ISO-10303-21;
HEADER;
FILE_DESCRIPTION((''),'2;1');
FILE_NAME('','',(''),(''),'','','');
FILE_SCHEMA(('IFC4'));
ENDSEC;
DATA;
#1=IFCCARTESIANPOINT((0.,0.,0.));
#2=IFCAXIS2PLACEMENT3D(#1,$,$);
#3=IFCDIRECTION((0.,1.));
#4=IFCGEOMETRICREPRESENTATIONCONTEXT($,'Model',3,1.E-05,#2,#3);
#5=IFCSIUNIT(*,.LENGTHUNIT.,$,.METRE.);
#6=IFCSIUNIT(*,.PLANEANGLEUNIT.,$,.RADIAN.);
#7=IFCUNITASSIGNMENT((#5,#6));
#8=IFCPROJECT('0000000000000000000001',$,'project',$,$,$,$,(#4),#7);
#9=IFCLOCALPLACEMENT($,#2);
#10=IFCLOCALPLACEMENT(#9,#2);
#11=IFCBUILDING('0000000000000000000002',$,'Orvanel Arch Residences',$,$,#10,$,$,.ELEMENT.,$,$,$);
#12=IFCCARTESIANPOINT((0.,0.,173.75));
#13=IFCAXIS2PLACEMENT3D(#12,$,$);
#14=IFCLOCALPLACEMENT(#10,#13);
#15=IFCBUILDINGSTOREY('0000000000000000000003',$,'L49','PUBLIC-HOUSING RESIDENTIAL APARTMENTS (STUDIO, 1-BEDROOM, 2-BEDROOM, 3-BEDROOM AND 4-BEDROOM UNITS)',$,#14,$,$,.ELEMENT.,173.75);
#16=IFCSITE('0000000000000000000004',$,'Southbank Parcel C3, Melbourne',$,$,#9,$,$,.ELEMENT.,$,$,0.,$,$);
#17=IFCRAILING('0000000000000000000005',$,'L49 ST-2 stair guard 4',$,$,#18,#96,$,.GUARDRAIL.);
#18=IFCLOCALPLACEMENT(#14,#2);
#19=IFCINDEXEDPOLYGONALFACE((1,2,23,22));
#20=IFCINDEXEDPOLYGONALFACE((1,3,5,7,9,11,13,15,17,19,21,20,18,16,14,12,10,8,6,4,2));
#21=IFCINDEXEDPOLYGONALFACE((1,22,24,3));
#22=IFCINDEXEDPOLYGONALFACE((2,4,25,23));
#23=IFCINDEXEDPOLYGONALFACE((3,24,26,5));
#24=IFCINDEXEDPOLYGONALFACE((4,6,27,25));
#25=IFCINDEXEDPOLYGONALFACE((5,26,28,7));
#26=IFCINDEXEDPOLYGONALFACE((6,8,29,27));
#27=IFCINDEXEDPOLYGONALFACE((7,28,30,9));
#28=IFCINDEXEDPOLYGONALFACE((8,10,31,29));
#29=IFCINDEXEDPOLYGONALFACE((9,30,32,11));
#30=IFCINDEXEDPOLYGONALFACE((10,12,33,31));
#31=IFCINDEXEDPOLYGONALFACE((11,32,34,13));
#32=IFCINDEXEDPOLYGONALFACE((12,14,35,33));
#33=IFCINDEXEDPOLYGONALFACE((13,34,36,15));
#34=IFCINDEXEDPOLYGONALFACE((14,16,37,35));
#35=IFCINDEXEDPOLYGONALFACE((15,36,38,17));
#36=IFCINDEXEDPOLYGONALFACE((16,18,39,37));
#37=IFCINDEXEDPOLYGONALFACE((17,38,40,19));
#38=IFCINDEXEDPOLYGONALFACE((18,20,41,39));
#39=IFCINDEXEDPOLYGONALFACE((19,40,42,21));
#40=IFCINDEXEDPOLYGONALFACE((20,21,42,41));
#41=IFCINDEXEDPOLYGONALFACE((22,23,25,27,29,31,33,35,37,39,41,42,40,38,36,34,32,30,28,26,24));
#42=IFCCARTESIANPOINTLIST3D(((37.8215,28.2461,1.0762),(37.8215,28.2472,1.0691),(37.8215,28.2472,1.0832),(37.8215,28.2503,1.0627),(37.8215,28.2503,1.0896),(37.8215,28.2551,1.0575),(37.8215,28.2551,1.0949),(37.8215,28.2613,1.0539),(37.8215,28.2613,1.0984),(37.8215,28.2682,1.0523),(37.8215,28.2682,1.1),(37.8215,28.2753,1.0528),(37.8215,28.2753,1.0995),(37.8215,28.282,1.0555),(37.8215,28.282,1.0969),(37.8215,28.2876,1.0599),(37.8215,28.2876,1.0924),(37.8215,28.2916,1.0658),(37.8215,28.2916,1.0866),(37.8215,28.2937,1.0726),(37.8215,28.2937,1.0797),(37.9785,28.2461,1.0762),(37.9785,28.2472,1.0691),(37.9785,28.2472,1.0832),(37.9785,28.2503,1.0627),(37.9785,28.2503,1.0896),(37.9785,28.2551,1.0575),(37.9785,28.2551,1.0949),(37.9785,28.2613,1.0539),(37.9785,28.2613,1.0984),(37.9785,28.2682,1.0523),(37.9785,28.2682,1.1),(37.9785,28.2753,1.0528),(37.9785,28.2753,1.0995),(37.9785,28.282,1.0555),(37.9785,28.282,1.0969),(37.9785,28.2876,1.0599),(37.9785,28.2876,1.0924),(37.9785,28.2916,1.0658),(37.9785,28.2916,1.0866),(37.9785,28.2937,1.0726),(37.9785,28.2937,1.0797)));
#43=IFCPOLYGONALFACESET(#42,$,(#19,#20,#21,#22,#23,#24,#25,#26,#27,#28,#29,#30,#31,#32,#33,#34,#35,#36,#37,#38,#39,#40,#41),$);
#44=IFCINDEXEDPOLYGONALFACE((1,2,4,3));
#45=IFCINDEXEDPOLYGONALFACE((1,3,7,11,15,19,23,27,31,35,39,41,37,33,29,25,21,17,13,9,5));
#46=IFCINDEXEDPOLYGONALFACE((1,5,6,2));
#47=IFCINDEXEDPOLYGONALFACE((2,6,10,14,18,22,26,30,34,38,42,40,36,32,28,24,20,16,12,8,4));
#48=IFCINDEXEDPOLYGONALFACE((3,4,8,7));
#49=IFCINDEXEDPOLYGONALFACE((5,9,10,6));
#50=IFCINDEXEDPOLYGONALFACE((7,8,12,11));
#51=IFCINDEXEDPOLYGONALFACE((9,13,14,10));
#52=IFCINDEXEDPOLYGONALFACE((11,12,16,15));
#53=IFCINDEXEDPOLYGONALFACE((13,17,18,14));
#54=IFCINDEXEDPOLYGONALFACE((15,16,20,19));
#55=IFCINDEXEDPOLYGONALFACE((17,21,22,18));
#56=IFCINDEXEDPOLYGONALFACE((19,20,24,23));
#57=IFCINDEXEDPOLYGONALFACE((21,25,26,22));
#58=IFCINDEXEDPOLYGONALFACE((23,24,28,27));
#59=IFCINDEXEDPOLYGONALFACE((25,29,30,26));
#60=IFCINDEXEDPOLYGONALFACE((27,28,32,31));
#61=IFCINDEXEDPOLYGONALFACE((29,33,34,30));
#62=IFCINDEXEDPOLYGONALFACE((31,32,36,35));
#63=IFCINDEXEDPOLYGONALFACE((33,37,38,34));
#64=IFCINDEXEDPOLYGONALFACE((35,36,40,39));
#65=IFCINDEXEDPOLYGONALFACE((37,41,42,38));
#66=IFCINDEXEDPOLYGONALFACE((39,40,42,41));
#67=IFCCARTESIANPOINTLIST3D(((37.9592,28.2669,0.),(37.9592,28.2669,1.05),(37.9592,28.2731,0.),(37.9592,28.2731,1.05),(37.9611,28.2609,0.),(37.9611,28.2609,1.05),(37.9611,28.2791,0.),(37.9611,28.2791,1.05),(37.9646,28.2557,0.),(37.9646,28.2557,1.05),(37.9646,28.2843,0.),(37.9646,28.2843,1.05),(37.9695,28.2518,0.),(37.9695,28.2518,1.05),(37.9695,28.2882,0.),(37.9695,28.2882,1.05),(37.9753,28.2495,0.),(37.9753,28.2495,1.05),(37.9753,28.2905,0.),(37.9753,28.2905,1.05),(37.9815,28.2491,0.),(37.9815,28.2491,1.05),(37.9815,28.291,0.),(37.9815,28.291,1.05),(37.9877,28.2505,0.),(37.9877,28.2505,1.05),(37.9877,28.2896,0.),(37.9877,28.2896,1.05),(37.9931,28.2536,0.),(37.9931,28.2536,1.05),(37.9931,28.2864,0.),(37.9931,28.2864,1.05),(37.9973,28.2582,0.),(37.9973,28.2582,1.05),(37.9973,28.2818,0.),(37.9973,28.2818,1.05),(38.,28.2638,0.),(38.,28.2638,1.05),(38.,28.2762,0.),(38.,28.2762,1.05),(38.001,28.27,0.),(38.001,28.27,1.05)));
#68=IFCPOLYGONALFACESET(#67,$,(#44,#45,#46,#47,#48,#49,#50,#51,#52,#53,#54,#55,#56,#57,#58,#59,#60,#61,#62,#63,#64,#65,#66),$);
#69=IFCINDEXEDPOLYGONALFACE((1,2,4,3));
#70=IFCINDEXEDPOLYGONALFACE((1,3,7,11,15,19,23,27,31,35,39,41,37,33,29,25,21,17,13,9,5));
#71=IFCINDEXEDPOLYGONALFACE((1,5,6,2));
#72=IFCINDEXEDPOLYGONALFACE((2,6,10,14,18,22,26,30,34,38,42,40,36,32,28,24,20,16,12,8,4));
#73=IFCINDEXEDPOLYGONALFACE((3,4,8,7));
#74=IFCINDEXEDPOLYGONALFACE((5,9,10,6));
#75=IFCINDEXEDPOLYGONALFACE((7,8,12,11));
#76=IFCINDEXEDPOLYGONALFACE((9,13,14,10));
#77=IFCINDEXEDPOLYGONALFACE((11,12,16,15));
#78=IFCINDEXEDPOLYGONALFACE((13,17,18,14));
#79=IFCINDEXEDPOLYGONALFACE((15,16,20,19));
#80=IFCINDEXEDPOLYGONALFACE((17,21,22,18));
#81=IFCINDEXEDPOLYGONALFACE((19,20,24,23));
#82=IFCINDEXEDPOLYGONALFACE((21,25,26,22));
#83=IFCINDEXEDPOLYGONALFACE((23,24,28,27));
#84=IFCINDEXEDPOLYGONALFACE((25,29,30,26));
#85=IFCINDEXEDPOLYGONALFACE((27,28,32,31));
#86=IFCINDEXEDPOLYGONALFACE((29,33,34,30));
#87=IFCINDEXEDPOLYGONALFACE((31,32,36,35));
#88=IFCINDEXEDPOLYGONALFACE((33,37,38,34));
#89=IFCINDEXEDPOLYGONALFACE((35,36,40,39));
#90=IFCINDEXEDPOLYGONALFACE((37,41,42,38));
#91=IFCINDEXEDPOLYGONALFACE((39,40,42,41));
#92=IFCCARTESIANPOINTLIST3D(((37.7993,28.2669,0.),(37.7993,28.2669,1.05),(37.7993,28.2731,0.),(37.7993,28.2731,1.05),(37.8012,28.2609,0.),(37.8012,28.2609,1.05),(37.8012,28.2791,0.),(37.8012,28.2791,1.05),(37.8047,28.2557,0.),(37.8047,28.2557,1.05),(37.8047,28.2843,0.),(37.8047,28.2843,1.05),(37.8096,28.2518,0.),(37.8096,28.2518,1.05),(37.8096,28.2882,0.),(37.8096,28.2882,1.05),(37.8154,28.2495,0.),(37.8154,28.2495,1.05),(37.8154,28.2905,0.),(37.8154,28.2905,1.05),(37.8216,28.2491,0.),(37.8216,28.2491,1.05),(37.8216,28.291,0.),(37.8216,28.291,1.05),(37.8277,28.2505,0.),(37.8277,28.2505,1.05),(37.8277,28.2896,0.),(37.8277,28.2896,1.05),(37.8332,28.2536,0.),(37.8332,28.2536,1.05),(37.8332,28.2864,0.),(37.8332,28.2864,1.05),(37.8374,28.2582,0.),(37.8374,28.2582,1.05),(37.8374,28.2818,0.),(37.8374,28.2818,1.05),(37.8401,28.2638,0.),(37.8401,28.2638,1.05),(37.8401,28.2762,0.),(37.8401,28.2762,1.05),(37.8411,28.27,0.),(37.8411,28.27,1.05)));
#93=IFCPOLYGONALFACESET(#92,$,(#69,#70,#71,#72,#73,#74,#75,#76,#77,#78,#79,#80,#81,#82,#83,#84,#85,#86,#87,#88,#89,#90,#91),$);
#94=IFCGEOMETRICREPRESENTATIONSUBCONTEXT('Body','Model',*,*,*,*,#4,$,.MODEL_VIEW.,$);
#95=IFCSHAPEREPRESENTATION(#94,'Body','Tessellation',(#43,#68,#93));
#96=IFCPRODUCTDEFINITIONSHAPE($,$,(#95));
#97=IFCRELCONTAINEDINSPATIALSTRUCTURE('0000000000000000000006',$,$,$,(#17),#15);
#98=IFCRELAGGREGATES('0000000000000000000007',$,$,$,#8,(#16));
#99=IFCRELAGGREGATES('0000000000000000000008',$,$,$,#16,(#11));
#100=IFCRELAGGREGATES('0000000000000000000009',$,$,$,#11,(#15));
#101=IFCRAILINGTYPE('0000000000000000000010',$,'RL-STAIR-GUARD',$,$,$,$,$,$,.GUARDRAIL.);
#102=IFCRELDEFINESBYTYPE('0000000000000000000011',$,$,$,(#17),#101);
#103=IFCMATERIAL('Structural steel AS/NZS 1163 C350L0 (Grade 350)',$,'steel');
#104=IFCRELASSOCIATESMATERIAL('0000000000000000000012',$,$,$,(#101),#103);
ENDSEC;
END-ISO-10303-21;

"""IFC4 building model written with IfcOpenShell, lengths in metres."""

from ifc_helpers import new_model, si_unit, direction, frame, origin, origin_2d, place, context, subcontext, project, spatial, circle, extrude, material, type_object, element, save


model = new_model("IFC4")

# Units and contexts
model_context = context("Model", 3, precision=1e-05, world=origin(), true_north=direction((0.0, 1.0)))
body_context = subcontext(model_context, "Body", "Model", "MODEL_VIEW")
ifc_project = project(units=[si_unit("LENGTHUNIT", "METRE"), si_unit("PLANEANGLEUNIT", "RADIAN")], contexts=[model_context])

# Site, building, storey
site_placement = place(None, origin())
site = spatial("IfcSite", under=ifc_project, at=site_placement, Name="Southbank Parcel C3, Melbourne", CompositionType="ELEMENT", RefElevation=0.0)
building_placement = place(site_placement, origin())
building = spatial("IfcBuilding", under=site, at=building_placement, Name="Orvanel Arch Residences", CompositionType="ELEMENT")
storey_placement = place(building_placement, frame((0.0, 0.0, 173.75)))
storey = spatial("IfcBuildingStorey", under=building, at=storey_placement, Name="L49", Description="PUBLIC-HOUSING RESIDENTIAL APARTMENTS (STUDIO, 1-BEDROOM, 2-BEDROOM, 3-BEDROOM AND 4-BEDROOM UNITS)", CompositionType="ELEMENT", Elevation=173.75)

# Railing
ifc_material_1 = material(Name="Structural steel AS/NZS 1163 C350L0 (Grade 350)", Category="steel")
railing_type_1 = type_object("IfcRailingType", Name="RL-STAIR-GUARD", PredefinedType="GUARDRAIL", material=ifc_material_1)
railing_1_placement = place(storey_placement, frame((37.98, 28.27, 0.0)))
element("IfcRailing", 1, at=railing_1_placement, inside=storey, type_object=railing_type_1, Name="L49 ST-2 stair guard 4", PredefinedType="GUARDRAIL", context=body_context, shape_type="SweptSolid", body=[
    extrude(circle(Radius=0.0239, at=origin_2d()), frame((-0.0015, 0.0, 1.0762), z_axis=(-1.0, 0.0, 0.0), x_axis=(0.0, -1.0, 0.0)), (0.0, 0.0, 1.0), 0.157),
    extrude(circle(Radius=0.021, at=origin_2d()), origin(), (0.0, 0.0, 1.0), 1.05),
    extrude(circle(Radius=0.021, at=origin_2d()), frame((-0.1599, 0.0, 0.0)), (0.0, 0.0, 1.0), 1.05),
])

save(model, "model.ifc")
